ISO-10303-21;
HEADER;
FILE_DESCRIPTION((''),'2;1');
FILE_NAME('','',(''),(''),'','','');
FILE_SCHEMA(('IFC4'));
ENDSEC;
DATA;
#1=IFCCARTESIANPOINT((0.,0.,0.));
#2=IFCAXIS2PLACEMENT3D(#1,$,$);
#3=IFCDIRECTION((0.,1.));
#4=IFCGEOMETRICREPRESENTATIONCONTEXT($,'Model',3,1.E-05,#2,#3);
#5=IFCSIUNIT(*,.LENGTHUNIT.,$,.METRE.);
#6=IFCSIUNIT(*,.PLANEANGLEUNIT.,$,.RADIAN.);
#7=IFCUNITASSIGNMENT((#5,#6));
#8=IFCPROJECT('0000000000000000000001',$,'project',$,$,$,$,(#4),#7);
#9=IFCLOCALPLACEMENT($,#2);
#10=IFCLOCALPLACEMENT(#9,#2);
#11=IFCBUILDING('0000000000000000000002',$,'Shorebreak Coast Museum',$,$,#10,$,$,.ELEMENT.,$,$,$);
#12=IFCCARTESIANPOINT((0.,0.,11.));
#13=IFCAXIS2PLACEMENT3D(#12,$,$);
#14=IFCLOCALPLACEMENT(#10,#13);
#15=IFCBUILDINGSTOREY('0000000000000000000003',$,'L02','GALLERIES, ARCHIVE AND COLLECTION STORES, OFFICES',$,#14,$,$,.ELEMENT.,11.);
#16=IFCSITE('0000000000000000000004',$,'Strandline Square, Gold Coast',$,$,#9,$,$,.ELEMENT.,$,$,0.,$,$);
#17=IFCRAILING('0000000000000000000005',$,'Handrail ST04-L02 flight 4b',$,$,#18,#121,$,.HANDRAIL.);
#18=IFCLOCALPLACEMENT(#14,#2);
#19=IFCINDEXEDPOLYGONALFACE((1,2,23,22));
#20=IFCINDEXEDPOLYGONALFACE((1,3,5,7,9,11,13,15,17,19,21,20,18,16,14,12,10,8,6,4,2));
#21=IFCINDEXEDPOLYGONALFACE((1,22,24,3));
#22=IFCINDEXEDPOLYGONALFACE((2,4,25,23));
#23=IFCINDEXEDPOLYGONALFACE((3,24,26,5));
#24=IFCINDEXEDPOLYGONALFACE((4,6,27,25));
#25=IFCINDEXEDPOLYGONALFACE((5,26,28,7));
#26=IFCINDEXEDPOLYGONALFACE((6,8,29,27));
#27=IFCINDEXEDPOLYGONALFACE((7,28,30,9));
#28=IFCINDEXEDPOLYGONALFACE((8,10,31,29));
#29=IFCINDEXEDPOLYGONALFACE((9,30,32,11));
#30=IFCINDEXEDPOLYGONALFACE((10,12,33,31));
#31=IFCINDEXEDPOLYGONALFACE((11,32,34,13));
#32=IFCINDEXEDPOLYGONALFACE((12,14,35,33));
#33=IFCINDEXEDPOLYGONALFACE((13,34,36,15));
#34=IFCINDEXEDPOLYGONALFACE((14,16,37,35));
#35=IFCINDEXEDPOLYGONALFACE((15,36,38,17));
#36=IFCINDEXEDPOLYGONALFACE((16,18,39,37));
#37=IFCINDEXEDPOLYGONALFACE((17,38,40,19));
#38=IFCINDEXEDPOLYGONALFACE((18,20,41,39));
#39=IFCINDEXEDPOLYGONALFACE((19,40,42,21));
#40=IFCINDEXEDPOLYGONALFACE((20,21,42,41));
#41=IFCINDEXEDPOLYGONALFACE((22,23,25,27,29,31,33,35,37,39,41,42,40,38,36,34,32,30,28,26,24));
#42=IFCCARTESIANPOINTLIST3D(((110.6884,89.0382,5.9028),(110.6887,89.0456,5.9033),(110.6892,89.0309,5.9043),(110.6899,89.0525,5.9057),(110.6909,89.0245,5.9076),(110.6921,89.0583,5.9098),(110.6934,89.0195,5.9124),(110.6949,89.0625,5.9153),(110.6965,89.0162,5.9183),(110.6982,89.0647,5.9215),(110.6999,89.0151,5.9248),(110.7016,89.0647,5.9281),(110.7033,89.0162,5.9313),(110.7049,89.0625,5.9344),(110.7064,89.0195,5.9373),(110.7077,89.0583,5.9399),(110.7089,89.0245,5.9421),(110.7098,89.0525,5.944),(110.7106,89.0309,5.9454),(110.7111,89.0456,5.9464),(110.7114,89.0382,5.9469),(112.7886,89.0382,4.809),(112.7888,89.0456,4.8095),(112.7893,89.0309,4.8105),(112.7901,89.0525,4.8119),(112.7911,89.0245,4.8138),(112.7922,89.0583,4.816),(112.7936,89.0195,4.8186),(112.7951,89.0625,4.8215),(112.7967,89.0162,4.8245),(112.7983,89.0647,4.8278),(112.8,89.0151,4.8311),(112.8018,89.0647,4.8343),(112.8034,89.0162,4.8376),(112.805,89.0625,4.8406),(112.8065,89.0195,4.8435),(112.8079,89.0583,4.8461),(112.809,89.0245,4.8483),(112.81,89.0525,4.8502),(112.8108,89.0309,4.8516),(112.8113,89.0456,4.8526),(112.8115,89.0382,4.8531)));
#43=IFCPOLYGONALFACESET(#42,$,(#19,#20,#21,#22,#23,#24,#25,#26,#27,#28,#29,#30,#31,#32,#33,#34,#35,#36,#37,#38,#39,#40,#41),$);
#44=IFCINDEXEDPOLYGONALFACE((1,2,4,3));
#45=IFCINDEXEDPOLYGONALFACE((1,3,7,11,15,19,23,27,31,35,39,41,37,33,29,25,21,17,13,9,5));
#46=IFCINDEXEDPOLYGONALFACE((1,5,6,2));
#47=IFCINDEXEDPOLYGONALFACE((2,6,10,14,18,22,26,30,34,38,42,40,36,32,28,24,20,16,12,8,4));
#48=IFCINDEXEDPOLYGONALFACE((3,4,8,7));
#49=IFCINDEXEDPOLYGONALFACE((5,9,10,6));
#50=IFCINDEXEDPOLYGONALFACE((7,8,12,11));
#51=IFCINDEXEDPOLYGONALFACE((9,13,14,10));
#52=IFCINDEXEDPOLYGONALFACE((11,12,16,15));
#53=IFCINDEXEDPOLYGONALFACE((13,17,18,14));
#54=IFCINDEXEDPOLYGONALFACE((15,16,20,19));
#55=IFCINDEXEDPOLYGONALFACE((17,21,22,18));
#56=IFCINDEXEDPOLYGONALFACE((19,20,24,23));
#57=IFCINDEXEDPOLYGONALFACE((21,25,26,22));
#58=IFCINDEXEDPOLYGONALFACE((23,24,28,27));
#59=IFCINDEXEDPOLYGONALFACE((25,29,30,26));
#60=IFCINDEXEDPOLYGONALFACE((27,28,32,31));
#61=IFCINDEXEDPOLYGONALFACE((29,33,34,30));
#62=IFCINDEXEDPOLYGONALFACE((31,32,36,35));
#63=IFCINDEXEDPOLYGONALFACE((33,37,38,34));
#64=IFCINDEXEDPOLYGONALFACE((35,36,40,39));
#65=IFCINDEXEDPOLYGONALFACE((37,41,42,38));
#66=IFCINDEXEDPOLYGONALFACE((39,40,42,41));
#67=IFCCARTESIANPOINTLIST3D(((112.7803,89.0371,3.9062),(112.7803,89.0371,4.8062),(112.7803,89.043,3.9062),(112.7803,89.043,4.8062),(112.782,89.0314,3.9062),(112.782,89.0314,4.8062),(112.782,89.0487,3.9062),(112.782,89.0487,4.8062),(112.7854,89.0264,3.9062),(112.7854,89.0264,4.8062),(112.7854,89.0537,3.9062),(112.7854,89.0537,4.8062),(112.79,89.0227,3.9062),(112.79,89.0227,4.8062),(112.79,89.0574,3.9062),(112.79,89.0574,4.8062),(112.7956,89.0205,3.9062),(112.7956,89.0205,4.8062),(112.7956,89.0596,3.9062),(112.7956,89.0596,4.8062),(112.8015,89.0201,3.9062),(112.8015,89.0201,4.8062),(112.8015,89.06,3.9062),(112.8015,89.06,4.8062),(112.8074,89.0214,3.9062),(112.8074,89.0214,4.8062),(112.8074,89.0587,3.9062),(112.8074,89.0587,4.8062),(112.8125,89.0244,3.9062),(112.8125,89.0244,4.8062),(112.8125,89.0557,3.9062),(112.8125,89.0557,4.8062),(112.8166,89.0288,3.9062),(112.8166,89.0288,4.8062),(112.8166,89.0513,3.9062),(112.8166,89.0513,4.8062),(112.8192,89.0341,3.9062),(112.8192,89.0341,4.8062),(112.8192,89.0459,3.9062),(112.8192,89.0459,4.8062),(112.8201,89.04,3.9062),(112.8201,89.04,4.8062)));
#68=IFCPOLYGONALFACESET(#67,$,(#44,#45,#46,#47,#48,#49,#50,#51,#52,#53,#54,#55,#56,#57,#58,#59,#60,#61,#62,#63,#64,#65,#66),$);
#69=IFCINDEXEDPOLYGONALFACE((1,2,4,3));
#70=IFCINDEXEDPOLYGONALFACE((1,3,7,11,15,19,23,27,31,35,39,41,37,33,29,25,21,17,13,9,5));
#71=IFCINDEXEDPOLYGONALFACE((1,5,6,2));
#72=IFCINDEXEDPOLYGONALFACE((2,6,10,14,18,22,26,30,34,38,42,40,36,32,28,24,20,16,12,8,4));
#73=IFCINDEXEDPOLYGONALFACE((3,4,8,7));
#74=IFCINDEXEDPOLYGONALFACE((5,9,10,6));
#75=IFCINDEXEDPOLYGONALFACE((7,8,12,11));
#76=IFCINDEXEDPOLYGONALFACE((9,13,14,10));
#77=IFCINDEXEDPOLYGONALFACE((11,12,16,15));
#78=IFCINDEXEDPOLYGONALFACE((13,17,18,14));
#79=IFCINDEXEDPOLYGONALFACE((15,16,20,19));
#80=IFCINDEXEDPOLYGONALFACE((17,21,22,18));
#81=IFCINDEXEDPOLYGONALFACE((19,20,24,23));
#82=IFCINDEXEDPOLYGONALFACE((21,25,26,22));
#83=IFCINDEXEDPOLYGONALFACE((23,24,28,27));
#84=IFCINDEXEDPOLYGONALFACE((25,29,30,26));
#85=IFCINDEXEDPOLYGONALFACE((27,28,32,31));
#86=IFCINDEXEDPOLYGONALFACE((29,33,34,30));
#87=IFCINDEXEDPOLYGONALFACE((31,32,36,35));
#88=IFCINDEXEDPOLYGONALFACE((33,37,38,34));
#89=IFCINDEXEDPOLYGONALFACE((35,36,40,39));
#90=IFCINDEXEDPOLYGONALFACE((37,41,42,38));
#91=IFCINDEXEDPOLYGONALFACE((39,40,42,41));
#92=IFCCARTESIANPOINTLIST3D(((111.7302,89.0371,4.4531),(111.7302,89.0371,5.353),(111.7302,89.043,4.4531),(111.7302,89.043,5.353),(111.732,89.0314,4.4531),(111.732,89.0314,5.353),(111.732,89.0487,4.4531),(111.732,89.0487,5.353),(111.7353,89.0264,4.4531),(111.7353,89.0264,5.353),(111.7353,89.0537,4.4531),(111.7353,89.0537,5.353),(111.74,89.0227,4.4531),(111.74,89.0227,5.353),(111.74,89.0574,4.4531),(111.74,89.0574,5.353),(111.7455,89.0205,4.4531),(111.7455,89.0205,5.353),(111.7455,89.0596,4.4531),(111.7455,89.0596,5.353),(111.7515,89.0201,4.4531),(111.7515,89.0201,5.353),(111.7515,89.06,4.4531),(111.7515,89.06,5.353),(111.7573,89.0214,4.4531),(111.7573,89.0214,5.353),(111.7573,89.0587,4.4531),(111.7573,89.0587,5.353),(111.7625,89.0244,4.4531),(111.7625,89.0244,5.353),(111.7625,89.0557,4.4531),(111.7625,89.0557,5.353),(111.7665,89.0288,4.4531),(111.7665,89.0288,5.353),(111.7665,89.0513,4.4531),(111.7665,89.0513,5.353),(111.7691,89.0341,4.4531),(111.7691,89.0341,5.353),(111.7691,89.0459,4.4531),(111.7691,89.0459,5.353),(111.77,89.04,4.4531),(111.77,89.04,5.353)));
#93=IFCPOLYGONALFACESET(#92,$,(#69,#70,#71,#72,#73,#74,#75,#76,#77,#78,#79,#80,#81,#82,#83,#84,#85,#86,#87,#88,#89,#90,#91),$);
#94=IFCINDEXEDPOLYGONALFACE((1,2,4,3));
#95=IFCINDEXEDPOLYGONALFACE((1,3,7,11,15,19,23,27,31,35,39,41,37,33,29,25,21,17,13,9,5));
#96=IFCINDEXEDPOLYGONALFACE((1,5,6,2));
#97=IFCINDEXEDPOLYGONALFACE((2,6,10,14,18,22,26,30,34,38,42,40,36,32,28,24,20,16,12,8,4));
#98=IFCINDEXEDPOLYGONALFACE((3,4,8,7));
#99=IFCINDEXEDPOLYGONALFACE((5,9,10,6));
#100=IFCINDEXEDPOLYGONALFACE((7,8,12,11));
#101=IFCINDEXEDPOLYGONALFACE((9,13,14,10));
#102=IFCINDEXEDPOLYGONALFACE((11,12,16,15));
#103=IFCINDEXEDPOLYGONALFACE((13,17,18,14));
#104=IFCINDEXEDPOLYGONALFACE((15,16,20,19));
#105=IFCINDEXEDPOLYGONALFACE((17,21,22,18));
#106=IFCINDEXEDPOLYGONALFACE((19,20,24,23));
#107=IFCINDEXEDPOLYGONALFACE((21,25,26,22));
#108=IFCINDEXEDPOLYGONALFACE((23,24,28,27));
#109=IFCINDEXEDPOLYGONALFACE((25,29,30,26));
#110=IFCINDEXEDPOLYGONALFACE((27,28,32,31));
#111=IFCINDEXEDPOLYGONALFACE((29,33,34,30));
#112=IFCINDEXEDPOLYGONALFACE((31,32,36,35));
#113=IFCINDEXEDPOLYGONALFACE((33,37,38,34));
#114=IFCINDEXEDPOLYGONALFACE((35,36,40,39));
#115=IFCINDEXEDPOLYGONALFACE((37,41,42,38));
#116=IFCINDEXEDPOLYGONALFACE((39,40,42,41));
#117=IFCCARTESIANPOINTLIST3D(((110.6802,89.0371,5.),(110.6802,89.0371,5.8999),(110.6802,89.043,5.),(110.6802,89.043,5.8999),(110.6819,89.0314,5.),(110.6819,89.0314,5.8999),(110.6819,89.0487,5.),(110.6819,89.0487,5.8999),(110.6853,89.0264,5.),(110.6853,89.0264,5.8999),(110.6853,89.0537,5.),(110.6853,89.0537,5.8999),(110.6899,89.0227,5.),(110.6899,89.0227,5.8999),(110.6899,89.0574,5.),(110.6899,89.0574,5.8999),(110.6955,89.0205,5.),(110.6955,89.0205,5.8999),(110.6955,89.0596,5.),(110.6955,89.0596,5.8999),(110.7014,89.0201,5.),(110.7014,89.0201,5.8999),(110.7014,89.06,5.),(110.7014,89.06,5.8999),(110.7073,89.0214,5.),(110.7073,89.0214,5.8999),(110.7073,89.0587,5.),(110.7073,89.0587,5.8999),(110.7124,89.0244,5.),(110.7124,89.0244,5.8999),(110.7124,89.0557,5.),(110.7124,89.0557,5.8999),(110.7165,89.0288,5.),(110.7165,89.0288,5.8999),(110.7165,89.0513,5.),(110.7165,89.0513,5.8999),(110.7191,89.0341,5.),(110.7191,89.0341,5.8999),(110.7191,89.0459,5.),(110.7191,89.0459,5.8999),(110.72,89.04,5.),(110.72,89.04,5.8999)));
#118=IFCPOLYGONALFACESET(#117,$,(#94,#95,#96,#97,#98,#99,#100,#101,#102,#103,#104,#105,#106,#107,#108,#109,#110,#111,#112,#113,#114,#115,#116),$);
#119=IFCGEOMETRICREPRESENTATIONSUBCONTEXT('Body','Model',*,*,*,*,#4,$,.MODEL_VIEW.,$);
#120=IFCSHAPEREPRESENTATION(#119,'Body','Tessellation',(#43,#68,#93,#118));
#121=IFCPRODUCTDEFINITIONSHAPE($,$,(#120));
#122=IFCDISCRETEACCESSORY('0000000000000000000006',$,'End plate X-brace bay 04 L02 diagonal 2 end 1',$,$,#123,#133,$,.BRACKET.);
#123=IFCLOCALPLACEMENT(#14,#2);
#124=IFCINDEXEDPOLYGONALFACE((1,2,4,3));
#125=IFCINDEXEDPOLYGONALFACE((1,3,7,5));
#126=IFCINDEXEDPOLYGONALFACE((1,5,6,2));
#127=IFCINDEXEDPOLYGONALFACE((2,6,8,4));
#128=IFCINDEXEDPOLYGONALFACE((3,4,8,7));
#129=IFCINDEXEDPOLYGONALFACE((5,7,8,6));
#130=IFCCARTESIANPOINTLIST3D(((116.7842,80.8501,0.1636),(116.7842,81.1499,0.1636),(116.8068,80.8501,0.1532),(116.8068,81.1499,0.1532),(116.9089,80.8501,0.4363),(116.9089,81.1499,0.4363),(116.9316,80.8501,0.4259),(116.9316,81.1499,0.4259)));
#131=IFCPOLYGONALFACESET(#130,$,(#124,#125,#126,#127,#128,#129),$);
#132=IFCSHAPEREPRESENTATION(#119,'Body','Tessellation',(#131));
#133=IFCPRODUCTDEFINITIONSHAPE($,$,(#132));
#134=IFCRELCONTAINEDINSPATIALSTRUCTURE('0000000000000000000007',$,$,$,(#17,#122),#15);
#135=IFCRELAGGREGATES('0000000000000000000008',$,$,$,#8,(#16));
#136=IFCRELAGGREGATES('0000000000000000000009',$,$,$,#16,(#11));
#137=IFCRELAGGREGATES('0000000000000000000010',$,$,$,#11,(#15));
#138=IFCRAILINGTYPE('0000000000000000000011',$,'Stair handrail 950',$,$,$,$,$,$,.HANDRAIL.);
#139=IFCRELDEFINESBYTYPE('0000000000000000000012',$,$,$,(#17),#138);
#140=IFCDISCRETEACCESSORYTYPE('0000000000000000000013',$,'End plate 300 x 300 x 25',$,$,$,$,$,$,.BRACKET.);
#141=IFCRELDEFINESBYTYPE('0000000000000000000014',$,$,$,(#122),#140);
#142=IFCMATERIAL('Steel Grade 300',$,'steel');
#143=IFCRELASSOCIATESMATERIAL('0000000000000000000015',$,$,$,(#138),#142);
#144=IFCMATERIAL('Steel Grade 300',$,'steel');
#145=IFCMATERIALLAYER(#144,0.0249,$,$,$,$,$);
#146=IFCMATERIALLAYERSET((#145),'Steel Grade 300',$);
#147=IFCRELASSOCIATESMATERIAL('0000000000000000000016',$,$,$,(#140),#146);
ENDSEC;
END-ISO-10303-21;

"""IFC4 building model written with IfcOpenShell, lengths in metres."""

from ifc_helpers import new_model, si_unit, direction, frame, origin, origin_2d, place, context, subcontext, project, spatial, polyline, circle, outline, extrude, material, layer, layer_set, type_object, element, save


model = new_model("IFC4")

# Units and contexts
model_context = context("Model", 3, precision=1e-05, world=origin(), true_north=direction((0.0, 1.0)))
body_context = subcontext(model_context, "Body", "Model", "MODEL_VIEW")
ifc_project = project(units=[si_unit("LENGTHUNIT", "METRE"), si_unit("PLANEANGLEUNIT", "RADIAN")], contexts=[model_context])

# Site, building, storey
site_placement = place(None, origin())
site = spatial("IfcSite", under=ifc_project, at=site_placement, Name="Strandline Square, Gold Coast", CompositionType="ELEMENT", RefElevation=0.0)
building_placement = place(site_placement, origin())
building = spatial("IfcBuilding", under=site, at=building_placement, Name="Shorebreak Coast Museum", CompositionType="ELEMENT")
storey_placement = place(building_placement, frame((0.0, 0.0, 11.0)))
storey = spatial("IfcBuildingStorey", under=building, at=storey_placement, Name="L02", Description="GALLERIES, ARCHIVE AND COLLECTION STORES, OFFICES", CompositionType="ELEMENT", Elevation=11.0)

# Railing
ifc_material_1 = material(Name="Steel Grade 300", Category="steel")
railing_type_1 = type_object("IfcRailingType", Name="Stair handrail 950", PredefinedType="HANDRAIL", material=ifc_material_1)
for number, where, name in (
    (1, (112.8, 89.04, 3.9062), "Handrail ST04-L02 flight 4b"),
):
    element("IfcRailing", number, at=place(storey_placement, frame(where)), inside=storey, type_object=railing_type_1, Name=name, PredefinedType="HANDRAIL", context=body_context, shape_type="SweptSolid", body=[
        extrude(circle(Radius=0.0249, at=origin_2d()), frame((0.0, 0.0, 0.9248), z_axis=(-0.886923, 0.0, 0.461918), x_axis=(0.0, -1.0, 0.0)), (0.0, 0.0, 1.0), 2.3679),
        extrude(circle(Radius=0.02, at=origin_2d()), origin(), (0.0, 0.0, 1.0), 0.8999),
        extrude(circle(Radius=0.02, at=origin_2d()), frame((-1.05, 0.0, 0.5469)), (0.0, 0.0, 1.0), 0.8999),
        extrude(circle(Radius=0.02, at=origin_2d()), frame((-2.1001, 0.0, 1.0938)), (0.0, 0.0, 1.0), 0.8999),
    ])

# Discrete accessory
ifc_material_2 = material(Name="Steel Grade 300", Category="steel")
ifc_layer_1 = layer(ifc_material_2, 0.0249)
ifc_layer_set_1 = layer_set([ifc_layer_1], Name="Steel Grade 300")
discrete_accessory_type = type_object("IfcDiscreteAccessoryType", Name="End plate 300 x 300 x 25", PredefinedType="BRACKET", material=ifc_layer_set_1)
discrete_accessory_placement = place(storey_placement, frame((116.7842, 81.1499, 0.1636), z_axis=(-0.90936, 0.0, 0.41601), x_axis=(0.0, -1.0, 0.0)))
element("IfcDiscreteAccessory", 2, at=discrete_accessory_placement, inside=storey, type_object=discrete_accessory_type, Name="End plate X-brace bay 04 L02 diagonal 2 end 1", PredefinedType="BRACKET", context=body_context, shape_type="SweptSolid", body=[
    extrude(outline(polyline([(0.0, 0.0), (0.2998, 0.0), (0.2998, 0.2999), (0.0, 0.2999), (0.0, 0.0)])), origin(), (0.0, 0.0, -1.0), 0.0249),
])

save(model, "model.ifc")
